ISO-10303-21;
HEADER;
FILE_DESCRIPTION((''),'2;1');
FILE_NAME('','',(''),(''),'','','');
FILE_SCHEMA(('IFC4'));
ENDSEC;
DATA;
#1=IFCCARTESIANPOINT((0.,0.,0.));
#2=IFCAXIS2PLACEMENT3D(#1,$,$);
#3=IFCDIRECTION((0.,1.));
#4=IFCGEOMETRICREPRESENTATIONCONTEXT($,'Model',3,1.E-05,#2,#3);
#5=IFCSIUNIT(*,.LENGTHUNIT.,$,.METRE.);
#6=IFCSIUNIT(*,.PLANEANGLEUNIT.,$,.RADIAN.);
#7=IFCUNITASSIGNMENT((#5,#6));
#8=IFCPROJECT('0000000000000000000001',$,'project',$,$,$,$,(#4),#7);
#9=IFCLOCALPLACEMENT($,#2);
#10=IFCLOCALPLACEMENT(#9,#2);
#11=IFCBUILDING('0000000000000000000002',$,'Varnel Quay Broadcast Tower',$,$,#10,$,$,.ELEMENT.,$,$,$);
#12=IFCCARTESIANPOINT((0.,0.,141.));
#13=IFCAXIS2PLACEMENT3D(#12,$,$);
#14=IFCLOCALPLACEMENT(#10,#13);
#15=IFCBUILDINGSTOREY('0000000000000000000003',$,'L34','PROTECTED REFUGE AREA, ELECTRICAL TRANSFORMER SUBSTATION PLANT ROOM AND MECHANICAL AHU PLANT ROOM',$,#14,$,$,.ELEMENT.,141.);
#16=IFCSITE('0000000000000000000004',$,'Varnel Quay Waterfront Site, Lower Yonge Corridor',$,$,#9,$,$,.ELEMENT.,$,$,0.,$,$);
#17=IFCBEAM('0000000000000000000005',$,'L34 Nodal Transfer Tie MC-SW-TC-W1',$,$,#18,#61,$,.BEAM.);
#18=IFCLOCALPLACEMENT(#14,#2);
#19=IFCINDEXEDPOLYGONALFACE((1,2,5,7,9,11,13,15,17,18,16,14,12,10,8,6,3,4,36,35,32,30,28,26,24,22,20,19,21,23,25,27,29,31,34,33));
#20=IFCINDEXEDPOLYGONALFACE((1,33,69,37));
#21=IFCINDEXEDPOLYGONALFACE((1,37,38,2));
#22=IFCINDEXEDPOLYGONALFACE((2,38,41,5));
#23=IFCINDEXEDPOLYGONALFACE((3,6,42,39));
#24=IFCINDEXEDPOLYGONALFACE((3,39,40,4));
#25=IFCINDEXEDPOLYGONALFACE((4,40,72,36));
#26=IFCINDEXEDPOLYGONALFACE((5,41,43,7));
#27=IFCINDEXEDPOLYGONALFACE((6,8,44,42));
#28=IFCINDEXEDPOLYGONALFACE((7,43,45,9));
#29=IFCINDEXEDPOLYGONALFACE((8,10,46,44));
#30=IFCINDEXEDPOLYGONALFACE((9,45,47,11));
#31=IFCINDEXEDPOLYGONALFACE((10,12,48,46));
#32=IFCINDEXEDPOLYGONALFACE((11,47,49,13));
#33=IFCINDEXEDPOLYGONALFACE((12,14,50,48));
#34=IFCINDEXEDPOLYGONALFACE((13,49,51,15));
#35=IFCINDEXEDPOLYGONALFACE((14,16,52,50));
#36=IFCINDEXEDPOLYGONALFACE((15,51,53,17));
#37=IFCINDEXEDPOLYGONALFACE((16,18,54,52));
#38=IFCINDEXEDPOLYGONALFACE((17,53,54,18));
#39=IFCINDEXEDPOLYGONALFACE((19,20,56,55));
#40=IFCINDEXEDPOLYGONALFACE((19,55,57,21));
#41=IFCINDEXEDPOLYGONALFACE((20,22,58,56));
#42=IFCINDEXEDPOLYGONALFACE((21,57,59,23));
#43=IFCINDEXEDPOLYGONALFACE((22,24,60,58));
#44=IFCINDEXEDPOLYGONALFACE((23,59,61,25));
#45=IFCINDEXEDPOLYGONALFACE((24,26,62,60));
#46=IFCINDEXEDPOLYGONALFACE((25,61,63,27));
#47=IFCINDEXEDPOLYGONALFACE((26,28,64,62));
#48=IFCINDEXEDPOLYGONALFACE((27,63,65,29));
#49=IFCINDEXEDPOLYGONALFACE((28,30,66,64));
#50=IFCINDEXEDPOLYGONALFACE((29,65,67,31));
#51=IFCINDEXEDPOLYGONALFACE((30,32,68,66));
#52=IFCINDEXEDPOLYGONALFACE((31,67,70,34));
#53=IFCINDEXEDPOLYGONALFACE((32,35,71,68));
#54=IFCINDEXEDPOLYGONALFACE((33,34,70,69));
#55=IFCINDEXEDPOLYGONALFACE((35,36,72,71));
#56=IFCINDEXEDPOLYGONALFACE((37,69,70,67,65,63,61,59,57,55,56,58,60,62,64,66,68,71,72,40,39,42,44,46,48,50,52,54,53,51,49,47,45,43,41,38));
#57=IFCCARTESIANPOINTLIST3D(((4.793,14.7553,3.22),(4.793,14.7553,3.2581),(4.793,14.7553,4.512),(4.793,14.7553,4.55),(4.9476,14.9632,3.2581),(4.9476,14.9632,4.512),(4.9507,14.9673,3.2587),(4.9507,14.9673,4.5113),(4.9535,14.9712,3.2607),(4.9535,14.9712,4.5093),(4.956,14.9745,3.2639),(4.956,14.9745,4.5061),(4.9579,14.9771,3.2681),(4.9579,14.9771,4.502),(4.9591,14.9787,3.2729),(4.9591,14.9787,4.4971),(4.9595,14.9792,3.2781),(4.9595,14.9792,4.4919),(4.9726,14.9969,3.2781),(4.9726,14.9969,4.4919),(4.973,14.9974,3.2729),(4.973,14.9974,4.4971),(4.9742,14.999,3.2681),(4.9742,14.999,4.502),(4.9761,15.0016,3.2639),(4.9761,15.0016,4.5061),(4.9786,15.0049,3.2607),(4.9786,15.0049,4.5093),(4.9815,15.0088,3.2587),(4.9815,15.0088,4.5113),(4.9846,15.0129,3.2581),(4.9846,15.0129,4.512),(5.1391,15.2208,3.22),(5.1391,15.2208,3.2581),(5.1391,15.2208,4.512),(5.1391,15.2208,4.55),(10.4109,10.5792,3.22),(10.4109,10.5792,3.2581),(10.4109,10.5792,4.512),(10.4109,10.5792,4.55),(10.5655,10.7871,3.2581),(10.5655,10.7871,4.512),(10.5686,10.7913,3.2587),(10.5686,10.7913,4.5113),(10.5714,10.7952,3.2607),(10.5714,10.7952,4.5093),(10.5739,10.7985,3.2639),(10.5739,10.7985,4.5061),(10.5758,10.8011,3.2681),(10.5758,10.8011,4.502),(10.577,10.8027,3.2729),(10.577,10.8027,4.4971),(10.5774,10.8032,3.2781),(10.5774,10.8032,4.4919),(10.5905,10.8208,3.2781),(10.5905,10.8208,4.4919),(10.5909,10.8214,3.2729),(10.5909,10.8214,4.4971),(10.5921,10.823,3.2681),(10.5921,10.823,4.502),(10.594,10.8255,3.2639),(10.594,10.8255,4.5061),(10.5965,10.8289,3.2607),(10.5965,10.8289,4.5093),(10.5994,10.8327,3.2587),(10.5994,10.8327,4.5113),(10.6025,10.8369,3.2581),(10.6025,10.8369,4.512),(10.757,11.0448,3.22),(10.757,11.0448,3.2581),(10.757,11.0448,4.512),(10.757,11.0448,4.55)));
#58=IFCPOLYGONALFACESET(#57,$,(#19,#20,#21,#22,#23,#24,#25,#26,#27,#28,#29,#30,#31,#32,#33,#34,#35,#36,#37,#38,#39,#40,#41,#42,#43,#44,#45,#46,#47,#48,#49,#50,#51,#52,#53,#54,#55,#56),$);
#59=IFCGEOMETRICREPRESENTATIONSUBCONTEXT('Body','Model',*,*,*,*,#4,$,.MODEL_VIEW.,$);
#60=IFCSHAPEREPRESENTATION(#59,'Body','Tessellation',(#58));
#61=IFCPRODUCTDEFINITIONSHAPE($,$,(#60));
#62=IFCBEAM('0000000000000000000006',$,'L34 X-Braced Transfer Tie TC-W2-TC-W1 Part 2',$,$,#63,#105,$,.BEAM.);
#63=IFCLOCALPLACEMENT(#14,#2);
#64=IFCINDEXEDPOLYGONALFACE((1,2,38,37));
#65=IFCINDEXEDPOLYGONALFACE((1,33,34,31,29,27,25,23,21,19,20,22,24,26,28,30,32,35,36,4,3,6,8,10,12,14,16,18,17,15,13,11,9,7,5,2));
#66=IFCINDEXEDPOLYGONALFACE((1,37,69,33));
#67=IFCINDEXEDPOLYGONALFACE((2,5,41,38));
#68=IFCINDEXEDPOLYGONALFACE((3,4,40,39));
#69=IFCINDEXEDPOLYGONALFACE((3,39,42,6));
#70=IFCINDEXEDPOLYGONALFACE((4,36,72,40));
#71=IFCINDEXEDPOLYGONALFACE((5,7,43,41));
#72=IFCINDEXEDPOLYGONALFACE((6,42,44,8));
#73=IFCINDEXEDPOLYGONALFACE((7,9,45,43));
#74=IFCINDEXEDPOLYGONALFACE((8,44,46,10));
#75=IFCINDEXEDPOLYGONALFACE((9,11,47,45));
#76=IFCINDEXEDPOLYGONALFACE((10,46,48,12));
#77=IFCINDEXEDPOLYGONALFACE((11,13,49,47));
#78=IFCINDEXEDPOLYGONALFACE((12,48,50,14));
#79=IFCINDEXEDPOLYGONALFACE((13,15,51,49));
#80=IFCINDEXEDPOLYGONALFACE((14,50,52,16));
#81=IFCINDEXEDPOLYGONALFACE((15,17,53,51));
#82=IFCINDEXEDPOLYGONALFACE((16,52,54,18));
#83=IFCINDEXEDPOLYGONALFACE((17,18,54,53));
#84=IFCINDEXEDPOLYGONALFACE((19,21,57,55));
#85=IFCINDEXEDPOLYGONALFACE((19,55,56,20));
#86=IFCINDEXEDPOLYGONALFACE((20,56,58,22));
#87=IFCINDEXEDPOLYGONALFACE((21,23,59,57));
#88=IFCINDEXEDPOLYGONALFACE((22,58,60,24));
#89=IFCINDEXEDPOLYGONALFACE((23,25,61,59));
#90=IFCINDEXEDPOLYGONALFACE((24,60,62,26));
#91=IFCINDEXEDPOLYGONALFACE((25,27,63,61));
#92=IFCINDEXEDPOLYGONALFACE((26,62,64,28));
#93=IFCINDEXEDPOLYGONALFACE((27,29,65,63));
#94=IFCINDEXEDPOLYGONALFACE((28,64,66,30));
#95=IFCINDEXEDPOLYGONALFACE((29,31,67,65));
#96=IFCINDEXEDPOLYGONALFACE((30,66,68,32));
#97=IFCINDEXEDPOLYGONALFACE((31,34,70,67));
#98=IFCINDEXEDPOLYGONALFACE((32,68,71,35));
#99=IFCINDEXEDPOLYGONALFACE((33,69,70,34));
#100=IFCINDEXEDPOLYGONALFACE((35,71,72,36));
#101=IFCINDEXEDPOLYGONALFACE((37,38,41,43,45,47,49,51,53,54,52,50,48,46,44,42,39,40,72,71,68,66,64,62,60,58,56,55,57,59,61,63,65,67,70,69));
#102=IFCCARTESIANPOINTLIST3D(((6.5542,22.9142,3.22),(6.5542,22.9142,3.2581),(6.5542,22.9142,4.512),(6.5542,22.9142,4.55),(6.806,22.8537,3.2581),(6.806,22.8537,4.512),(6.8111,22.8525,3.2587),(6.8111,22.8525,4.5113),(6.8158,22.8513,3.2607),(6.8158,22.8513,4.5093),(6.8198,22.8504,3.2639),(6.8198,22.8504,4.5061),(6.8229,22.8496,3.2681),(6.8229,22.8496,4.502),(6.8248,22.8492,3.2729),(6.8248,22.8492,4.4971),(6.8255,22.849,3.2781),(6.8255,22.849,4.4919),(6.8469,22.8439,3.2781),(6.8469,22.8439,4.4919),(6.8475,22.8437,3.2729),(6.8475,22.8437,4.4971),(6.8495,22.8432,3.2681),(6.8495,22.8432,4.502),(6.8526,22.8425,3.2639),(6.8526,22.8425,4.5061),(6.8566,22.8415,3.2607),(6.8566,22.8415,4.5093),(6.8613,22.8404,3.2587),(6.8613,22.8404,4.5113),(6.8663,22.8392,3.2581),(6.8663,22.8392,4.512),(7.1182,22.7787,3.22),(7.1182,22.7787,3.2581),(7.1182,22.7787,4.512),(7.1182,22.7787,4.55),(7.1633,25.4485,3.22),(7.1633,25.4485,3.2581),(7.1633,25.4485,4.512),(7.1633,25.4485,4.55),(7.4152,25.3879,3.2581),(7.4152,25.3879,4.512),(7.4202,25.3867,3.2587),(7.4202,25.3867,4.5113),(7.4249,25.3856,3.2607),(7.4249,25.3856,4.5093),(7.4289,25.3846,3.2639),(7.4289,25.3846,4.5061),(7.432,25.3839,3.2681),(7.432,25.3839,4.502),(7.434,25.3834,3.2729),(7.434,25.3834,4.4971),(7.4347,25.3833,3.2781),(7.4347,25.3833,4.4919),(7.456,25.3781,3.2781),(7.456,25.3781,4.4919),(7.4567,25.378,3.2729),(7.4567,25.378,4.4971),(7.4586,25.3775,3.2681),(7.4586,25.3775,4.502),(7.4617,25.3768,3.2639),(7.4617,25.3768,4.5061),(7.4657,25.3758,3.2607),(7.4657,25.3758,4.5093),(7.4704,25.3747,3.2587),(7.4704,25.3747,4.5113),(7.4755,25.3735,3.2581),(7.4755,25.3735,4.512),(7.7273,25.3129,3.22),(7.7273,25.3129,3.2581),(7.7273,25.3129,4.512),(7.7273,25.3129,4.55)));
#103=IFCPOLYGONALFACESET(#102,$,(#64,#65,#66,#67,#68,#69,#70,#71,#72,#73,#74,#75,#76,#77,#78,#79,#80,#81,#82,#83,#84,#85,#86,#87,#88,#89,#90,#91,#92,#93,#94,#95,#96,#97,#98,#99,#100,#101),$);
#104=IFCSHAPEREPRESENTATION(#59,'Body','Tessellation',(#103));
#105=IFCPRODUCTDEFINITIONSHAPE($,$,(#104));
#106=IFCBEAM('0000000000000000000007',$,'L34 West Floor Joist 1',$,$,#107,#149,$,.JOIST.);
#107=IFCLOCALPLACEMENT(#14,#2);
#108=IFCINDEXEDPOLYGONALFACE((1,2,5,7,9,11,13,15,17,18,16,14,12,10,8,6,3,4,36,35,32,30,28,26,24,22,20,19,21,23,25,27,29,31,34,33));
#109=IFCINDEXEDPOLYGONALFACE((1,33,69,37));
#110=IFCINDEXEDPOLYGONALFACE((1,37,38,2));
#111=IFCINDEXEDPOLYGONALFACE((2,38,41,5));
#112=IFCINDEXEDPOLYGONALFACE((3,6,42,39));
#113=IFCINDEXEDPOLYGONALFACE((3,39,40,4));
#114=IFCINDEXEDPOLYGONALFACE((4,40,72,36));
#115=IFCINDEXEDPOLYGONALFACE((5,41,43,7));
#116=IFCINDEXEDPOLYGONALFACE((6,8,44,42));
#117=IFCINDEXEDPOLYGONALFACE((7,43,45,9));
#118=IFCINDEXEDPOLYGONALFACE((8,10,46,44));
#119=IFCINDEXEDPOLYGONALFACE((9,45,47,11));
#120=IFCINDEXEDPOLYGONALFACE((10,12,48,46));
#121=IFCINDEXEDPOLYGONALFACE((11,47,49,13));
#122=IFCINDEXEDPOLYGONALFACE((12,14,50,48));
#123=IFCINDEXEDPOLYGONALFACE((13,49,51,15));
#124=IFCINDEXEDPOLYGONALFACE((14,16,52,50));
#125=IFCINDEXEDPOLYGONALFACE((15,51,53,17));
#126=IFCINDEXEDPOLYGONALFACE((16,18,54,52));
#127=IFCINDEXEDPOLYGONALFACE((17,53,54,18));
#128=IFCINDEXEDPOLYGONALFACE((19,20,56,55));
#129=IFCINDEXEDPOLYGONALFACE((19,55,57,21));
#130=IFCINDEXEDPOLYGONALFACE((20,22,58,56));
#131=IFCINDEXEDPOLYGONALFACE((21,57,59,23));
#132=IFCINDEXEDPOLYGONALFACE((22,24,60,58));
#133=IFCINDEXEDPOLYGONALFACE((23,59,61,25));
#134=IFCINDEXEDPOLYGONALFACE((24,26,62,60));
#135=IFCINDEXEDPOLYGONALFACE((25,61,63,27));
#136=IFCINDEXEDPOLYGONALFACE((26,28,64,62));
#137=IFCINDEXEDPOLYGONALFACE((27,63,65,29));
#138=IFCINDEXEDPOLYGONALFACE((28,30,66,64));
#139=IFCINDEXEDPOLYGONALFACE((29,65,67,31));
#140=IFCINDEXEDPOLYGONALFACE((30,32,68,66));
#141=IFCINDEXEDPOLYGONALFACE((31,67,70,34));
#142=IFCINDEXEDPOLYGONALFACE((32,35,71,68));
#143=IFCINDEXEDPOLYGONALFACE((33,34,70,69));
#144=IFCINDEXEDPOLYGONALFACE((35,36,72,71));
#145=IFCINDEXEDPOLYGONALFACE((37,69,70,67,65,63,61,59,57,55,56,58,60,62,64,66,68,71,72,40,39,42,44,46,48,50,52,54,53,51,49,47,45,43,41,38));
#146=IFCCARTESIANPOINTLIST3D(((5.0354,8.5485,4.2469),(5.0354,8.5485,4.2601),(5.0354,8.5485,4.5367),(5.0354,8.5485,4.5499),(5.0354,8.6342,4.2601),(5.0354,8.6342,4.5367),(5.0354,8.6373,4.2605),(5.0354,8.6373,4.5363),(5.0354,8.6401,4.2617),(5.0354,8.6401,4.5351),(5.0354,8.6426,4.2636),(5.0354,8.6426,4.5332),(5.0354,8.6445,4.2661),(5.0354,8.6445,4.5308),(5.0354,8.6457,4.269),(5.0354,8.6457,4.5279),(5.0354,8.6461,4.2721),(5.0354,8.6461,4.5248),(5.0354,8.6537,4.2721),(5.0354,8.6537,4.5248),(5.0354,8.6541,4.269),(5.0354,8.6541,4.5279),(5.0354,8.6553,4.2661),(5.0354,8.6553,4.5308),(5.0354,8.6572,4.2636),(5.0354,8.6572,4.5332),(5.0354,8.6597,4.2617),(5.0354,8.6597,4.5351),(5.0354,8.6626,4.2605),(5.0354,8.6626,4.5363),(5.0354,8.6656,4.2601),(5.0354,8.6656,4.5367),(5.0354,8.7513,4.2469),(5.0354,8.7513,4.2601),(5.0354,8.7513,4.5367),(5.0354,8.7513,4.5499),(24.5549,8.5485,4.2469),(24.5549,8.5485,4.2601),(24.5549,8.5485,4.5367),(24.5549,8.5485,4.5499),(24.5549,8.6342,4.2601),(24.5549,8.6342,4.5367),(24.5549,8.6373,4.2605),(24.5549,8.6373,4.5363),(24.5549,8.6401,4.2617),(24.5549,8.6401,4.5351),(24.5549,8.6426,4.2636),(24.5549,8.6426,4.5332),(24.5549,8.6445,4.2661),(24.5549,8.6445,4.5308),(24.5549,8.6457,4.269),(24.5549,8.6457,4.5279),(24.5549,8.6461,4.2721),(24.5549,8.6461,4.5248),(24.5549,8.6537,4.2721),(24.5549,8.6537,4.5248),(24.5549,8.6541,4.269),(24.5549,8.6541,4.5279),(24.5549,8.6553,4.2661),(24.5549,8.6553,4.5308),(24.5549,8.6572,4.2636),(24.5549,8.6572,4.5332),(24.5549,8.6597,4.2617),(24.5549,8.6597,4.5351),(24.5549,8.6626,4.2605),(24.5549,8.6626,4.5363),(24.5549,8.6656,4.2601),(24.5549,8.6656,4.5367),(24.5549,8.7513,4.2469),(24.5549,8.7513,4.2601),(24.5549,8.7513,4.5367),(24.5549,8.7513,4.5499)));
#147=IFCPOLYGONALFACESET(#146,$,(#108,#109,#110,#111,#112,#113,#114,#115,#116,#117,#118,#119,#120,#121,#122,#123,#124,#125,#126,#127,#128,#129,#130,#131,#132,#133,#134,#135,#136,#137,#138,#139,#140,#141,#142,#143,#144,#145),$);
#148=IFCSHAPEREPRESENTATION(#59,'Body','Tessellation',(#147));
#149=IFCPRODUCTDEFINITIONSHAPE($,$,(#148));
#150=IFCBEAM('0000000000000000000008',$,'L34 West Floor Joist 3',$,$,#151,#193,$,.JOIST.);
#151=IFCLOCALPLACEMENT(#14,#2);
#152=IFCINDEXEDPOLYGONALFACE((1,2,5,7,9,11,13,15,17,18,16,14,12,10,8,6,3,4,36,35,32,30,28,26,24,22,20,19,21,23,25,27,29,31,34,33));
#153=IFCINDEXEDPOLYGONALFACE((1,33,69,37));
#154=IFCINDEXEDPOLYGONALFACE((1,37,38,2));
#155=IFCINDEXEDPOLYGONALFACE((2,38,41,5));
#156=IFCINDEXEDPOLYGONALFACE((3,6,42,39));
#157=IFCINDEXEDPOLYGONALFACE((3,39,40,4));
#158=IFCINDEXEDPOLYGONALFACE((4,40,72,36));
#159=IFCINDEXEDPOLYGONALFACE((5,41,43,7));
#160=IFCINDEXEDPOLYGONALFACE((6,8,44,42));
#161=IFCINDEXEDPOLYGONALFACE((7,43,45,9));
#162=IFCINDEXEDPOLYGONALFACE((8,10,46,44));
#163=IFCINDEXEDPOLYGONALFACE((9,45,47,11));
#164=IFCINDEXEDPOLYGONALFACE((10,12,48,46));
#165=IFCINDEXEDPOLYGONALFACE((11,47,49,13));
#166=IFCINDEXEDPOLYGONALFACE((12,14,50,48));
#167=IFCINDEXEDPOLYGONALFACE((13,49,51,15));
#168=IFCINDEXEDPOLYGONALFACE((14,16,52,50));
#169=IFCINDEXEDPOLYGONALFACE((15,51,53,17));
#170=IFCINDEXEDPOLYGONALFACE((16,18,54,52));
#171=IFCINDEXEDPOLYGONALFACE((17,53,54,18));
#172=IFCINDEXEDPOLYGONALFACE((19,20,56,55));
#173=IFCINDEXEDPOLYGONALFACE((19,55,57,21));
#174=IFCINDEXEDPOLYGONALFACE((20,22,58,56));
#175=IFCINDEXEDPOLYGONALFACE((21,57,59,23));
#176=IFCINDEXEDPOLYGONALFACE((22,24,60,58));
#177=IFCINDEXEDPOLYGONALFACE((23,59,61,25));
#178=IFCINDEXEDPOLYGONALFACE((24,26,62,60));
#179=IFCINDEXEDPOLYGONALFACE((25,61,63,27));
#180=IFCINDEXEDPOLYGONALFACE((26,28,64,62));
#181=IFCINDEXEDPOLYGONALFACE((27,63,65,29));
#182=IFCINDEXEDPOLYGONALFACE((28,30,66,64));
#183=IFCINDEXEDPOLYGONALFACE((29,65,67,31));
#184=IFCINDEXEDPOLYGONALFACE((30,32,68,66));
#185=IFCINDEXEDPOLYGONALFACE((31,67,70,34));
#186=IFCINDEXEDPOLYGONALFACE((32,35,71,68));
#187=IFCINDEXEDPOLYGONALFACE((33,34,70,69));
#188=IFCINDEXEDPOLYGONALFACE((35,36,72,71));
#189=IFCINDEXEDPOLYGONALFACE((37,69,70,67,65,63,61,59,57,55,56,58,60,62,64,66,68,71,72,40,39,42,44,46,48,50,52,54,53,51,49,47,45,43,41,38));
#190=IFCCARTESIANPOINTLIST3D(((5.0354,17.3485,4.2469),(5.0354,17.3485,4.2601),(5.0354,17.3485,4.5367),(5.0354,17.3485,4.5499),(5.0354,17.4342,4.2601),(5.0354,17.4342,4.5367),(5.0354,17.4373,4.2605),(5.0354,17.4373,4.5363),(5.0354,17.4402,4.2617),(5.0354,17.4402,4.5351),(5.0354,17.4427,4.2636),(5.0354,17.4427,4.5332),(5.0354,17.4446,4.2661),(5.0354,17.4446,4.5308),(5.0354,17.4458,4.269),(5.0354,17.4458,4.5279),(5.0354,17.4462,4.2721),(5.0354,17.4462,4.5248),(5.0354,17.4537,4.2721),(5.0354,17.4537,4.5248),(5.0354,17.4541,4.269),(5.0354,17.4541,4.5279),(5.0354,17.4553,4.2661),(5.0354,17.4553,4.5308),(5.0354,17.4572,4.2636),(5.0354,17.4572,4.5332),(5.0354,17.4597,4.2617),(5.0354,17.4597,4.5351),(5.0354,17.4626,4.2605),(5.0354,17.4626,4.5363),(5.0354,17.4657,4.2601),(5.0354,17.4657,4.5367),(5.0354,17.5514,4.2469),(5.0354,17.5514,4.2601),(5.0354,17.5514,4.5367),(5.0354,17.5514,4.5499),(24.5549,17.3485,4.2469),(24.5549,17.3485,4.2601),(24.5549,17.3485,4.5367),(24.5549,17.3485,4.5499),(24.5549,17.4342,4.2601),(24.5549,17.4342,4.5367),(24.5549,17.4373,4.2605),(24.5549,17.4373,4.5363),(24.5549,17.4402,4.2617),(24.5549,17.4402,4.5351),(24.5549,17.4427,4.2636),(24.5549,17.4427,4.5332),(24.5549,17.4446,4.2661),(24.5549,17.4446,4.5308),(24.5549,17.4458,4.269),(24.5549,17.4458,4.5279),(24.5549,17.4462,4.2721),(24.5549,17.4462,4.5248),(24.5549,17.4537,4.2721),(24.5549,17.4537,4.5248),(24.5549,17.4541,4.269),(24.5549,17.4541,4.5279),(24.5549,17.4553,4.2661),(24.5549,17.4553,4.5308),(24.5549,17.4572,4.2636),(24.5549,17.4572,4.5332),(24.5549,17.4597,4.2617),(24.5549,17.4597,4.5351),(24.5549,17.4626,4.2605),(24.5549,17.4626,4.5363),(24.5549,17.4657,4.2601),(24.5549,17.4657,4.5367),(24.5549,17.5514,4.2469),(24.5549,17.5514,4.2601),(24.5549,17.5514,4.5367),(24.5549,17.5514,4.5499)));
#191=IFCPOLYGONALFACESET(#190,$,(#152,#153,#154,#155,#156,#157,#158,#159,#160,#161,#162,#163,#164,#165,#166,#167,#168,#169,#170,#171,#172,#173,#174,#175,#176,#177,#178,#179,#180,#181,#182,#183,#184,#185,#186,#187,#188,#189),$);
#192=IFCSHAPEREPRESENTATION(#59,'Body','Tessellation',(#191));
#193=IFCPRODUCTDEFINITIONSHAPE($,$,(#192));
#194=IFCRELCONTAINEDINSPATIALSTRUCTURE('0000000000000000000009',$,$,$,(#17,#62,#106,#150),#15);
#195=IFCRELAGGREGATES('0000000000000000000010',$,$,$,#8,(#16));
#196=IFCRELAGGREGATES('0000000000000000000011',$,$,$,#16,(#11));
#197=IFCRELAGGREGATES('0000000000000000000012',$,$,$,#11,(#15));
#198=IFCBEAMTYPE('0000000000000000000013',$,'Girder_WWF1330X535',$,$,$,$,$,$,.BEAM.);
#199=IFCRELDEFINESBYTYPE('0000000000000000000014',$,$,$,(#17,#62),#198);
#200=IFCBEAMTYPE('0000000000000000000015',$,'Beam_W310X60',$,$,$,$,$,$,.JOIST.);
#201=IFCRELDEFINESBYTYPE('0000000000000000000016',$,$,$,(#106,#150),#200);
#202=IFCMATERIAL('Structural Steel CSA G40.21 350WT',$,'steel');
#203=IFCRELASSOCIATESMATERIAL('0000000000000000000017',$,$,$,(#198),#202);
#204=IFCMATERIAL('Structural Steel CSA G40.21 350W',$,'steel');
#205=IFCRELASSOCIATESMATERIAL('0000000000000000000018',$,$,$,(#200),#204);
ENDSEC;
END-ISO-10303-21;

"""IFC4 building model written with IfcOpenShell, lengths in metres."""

from ifc_helpers import new_model, si_unit, direction, frame, origin, origin_2d, place, context, subcontext, project, spatial, i_section, extrude, source, transform, mapped, material, material_profile, profile_set, type_object, type_shapes, element, save


model = new_model("IFC4")

# Units and contexts
model_context = context("Model", 3, precision=1e-05, world=origin(), true_north=direction((0.0, 1.0)))
body_context = subcontext(model_context, "Body", "Model", "MODEL_VIEW")
ifc_project = project(units=[si_unit("LENGTHUNIT", "METRE"), si_unit("PLANEANGLEUNIT", "RADIAN")], contexts=[model_context])

# Site, building, storey
site_placement = place(None, origin())
site = spatial("IfcSite", under=ifc_project, at=site_placement, Name="Varnel Quay Waterfront Site, Lower Yonge Corridor", CompositionType="ELEMENT", RefElevation=0.0)
building_placement = place(site_placement, origin())
building = spatial("IfcBuilding", under=site, at=building_placement, Name="Varnel Quay Broadcast Tower", CompositionType="ELEMENT")
storey_placement = place(building_placement, frame((0.0, 0.0, 141.0)))
storey = spatial("IfcBuildingStorey", under=building, at=storey_placement, Name="L34", Description="PROTECTED REFUGE AREA, ELECTRICAL TRANSFORMER SUBSTATION PLANT ROOM AND MECHANICAL AHU PLANT ROOM", CompositionType="ELEMENT", Elevation=141.0)

# Shared definitions
ifc_material_1 = material(Name="Structural Steel CSA G40.21 350W", Category="steel")

# Beams
ifc_material_2 = material(Name="Structural Steel CSA G40.21 350WT", Category="steel")
ifc_material_profile_1 = material_profile(ifc_material_2, i_section(OverallWidth=0.5801, OverallDepth=1.3301, WebThickness=0.022, FlangeThickness=0.0381, FilletRadius=0.02, at=origin_2d()), Name="WWF1330X535")
ifc_profile_set_1 = profile_set([ifc_material_profile_1], Name="Structural Steel CSA G40.21 350WT")
beam_type_1 = type_object("IfcBeamType", Name="Girder_WWF1330X535", PredefinedType="BEAM", material=ifc_profile_set_1)
shared_shape_1 = source(origin(), body_context, "Body", "SweptSolid", [
    extrude(i_section(OverallWidth=0.5801, OverallDepth=1.3301, WebThickness=0.022, FlangeThickness=0.0381, FilletRadius=0.02, at=origin_2d()), origin(), (0.0, 0.0, 1.0), 7.0),
])
beam_1_placement = place(storey_placement, frame((4.9661, 14.988, 3.885), z_axis=(0.802558, -0.596574, 0.0), x_axis=(0.596574, 0.802558, 0.0)))
element("IfcBeam", 1, at=beam_1_placement, inside=storey, type_object=beam_type_1, Name="L34 Nodal Transfer Tie MC-SW-TC-W1", PredefinedType="BEAM", context=body_context, shape_type="MappedRepresentation", body=[
    mapped(shared_shape_1, transform((0.0, 0.0, 0.0), x_axis=(1.0, 0.0, 0.0), y_axis=(0.0, 1.0, 0.0), z_axis=(0.0, 0.0, 1.0), scale=1.0)),
])
shared_shape_2 = source(origin(), body_context, "Body", "SweptSolid", [
    extrude(i_section(OverallWidth=0.5801, OverallDepth=1.3301, WebThickness=0.022, FlangeThickness=0.0381, FilletRadius=0.02, at=origin_2d()), origin(), (0.0, 0.0, 1.0), 2.6064),
])
beam_2_placement = place(storey_placement, frame((6.8362, 22.8464, 3.885), z_axis=(0.23371, 0.972306, 0.0), x_axis=(-0.972306, 0.23371, 0.0)))
element("IfcBeam", 2, at=beam_2_placement, inside=storey, type_object=beam_type_1, Name="L34 X-Braced Transfer Tie TC-W2-TC-W1 Part 2", PredefinedType="BEAM", context=body_context, shape_type="MappedRepresentation", body=[
    mapped(shared_shape_2, transform((0.0, 0.0, 0.0), x_axis=(1.0, 0.0, 0.0), y_axis=(0.0, 1.0, 0.0), z_axis=(0.0, 0.0, 1.0), scale=1.0)),
])
ifc_material_profile_2 = material_profile(ifc_material_1, i_section(OverallWidth=0.2029, OverallDepth=0.303, WebThickness=0.0076, FlangeThickness=0.0132, FilletRadius=0.012, at=origin_2d()), Name="W310X60")
ifc_profile_set_2 = profile_set([ifc_material_profile_2], Name="Structural Steel CSA G40.21 350W")
beam_type_2 = type_object("IfcBeamType", Name="Beam_W310X60", PredefinedType="JOIST", material=ifc_profile_set_2)
shared_shape_3 = source(origin(), body_context, "Body", "SweptSolid", [
    extrude(i_section(OverallWidth=0.2029, OverallDepth=0.303, WebThickness=0.0076, FlangeThickness=0.0132, FilletRadius=0.012, at=origin_2d()), origin(), (0.0, 0.0, 1.0), 19.5195),
])
type_shapes(beam_type_2, [shared_shape_3])
for number, where, z_axis, x_axis, name in (
    (3, (5.0354, 8.6499, 4.3984), (1.0, 0.0, 0.0), (0.0, 1.0, 0.0), "L34 West Floor Joist 1"),
    (4, (5.0354, 17.45, 4.3984), (1.0, 0.0, 0.0), (0.0, 1.0, 0.0), "L34 West Floor Joist 3"),
):
    element("IfcBeam", number, at=place(storey_placement, frame(where, z_axis=z_axis, x_axis=x_axis)), inside=storey, type_object=beam_type_2, Name=name, PredefinedType="JOIST", context=body_context, shape_type="MappedRepresentation", body=[
        mapped(shared_shape_3, transform((0.0, 0.0, 0.0), x_axis=(1.0, 0.0, 0.0), y_axis=(0.0, 1.0, 0.0), z_axis=(0.0, 0.0, 1.0), scale=1.0)),
    ])

save(model, "model.ifc")
